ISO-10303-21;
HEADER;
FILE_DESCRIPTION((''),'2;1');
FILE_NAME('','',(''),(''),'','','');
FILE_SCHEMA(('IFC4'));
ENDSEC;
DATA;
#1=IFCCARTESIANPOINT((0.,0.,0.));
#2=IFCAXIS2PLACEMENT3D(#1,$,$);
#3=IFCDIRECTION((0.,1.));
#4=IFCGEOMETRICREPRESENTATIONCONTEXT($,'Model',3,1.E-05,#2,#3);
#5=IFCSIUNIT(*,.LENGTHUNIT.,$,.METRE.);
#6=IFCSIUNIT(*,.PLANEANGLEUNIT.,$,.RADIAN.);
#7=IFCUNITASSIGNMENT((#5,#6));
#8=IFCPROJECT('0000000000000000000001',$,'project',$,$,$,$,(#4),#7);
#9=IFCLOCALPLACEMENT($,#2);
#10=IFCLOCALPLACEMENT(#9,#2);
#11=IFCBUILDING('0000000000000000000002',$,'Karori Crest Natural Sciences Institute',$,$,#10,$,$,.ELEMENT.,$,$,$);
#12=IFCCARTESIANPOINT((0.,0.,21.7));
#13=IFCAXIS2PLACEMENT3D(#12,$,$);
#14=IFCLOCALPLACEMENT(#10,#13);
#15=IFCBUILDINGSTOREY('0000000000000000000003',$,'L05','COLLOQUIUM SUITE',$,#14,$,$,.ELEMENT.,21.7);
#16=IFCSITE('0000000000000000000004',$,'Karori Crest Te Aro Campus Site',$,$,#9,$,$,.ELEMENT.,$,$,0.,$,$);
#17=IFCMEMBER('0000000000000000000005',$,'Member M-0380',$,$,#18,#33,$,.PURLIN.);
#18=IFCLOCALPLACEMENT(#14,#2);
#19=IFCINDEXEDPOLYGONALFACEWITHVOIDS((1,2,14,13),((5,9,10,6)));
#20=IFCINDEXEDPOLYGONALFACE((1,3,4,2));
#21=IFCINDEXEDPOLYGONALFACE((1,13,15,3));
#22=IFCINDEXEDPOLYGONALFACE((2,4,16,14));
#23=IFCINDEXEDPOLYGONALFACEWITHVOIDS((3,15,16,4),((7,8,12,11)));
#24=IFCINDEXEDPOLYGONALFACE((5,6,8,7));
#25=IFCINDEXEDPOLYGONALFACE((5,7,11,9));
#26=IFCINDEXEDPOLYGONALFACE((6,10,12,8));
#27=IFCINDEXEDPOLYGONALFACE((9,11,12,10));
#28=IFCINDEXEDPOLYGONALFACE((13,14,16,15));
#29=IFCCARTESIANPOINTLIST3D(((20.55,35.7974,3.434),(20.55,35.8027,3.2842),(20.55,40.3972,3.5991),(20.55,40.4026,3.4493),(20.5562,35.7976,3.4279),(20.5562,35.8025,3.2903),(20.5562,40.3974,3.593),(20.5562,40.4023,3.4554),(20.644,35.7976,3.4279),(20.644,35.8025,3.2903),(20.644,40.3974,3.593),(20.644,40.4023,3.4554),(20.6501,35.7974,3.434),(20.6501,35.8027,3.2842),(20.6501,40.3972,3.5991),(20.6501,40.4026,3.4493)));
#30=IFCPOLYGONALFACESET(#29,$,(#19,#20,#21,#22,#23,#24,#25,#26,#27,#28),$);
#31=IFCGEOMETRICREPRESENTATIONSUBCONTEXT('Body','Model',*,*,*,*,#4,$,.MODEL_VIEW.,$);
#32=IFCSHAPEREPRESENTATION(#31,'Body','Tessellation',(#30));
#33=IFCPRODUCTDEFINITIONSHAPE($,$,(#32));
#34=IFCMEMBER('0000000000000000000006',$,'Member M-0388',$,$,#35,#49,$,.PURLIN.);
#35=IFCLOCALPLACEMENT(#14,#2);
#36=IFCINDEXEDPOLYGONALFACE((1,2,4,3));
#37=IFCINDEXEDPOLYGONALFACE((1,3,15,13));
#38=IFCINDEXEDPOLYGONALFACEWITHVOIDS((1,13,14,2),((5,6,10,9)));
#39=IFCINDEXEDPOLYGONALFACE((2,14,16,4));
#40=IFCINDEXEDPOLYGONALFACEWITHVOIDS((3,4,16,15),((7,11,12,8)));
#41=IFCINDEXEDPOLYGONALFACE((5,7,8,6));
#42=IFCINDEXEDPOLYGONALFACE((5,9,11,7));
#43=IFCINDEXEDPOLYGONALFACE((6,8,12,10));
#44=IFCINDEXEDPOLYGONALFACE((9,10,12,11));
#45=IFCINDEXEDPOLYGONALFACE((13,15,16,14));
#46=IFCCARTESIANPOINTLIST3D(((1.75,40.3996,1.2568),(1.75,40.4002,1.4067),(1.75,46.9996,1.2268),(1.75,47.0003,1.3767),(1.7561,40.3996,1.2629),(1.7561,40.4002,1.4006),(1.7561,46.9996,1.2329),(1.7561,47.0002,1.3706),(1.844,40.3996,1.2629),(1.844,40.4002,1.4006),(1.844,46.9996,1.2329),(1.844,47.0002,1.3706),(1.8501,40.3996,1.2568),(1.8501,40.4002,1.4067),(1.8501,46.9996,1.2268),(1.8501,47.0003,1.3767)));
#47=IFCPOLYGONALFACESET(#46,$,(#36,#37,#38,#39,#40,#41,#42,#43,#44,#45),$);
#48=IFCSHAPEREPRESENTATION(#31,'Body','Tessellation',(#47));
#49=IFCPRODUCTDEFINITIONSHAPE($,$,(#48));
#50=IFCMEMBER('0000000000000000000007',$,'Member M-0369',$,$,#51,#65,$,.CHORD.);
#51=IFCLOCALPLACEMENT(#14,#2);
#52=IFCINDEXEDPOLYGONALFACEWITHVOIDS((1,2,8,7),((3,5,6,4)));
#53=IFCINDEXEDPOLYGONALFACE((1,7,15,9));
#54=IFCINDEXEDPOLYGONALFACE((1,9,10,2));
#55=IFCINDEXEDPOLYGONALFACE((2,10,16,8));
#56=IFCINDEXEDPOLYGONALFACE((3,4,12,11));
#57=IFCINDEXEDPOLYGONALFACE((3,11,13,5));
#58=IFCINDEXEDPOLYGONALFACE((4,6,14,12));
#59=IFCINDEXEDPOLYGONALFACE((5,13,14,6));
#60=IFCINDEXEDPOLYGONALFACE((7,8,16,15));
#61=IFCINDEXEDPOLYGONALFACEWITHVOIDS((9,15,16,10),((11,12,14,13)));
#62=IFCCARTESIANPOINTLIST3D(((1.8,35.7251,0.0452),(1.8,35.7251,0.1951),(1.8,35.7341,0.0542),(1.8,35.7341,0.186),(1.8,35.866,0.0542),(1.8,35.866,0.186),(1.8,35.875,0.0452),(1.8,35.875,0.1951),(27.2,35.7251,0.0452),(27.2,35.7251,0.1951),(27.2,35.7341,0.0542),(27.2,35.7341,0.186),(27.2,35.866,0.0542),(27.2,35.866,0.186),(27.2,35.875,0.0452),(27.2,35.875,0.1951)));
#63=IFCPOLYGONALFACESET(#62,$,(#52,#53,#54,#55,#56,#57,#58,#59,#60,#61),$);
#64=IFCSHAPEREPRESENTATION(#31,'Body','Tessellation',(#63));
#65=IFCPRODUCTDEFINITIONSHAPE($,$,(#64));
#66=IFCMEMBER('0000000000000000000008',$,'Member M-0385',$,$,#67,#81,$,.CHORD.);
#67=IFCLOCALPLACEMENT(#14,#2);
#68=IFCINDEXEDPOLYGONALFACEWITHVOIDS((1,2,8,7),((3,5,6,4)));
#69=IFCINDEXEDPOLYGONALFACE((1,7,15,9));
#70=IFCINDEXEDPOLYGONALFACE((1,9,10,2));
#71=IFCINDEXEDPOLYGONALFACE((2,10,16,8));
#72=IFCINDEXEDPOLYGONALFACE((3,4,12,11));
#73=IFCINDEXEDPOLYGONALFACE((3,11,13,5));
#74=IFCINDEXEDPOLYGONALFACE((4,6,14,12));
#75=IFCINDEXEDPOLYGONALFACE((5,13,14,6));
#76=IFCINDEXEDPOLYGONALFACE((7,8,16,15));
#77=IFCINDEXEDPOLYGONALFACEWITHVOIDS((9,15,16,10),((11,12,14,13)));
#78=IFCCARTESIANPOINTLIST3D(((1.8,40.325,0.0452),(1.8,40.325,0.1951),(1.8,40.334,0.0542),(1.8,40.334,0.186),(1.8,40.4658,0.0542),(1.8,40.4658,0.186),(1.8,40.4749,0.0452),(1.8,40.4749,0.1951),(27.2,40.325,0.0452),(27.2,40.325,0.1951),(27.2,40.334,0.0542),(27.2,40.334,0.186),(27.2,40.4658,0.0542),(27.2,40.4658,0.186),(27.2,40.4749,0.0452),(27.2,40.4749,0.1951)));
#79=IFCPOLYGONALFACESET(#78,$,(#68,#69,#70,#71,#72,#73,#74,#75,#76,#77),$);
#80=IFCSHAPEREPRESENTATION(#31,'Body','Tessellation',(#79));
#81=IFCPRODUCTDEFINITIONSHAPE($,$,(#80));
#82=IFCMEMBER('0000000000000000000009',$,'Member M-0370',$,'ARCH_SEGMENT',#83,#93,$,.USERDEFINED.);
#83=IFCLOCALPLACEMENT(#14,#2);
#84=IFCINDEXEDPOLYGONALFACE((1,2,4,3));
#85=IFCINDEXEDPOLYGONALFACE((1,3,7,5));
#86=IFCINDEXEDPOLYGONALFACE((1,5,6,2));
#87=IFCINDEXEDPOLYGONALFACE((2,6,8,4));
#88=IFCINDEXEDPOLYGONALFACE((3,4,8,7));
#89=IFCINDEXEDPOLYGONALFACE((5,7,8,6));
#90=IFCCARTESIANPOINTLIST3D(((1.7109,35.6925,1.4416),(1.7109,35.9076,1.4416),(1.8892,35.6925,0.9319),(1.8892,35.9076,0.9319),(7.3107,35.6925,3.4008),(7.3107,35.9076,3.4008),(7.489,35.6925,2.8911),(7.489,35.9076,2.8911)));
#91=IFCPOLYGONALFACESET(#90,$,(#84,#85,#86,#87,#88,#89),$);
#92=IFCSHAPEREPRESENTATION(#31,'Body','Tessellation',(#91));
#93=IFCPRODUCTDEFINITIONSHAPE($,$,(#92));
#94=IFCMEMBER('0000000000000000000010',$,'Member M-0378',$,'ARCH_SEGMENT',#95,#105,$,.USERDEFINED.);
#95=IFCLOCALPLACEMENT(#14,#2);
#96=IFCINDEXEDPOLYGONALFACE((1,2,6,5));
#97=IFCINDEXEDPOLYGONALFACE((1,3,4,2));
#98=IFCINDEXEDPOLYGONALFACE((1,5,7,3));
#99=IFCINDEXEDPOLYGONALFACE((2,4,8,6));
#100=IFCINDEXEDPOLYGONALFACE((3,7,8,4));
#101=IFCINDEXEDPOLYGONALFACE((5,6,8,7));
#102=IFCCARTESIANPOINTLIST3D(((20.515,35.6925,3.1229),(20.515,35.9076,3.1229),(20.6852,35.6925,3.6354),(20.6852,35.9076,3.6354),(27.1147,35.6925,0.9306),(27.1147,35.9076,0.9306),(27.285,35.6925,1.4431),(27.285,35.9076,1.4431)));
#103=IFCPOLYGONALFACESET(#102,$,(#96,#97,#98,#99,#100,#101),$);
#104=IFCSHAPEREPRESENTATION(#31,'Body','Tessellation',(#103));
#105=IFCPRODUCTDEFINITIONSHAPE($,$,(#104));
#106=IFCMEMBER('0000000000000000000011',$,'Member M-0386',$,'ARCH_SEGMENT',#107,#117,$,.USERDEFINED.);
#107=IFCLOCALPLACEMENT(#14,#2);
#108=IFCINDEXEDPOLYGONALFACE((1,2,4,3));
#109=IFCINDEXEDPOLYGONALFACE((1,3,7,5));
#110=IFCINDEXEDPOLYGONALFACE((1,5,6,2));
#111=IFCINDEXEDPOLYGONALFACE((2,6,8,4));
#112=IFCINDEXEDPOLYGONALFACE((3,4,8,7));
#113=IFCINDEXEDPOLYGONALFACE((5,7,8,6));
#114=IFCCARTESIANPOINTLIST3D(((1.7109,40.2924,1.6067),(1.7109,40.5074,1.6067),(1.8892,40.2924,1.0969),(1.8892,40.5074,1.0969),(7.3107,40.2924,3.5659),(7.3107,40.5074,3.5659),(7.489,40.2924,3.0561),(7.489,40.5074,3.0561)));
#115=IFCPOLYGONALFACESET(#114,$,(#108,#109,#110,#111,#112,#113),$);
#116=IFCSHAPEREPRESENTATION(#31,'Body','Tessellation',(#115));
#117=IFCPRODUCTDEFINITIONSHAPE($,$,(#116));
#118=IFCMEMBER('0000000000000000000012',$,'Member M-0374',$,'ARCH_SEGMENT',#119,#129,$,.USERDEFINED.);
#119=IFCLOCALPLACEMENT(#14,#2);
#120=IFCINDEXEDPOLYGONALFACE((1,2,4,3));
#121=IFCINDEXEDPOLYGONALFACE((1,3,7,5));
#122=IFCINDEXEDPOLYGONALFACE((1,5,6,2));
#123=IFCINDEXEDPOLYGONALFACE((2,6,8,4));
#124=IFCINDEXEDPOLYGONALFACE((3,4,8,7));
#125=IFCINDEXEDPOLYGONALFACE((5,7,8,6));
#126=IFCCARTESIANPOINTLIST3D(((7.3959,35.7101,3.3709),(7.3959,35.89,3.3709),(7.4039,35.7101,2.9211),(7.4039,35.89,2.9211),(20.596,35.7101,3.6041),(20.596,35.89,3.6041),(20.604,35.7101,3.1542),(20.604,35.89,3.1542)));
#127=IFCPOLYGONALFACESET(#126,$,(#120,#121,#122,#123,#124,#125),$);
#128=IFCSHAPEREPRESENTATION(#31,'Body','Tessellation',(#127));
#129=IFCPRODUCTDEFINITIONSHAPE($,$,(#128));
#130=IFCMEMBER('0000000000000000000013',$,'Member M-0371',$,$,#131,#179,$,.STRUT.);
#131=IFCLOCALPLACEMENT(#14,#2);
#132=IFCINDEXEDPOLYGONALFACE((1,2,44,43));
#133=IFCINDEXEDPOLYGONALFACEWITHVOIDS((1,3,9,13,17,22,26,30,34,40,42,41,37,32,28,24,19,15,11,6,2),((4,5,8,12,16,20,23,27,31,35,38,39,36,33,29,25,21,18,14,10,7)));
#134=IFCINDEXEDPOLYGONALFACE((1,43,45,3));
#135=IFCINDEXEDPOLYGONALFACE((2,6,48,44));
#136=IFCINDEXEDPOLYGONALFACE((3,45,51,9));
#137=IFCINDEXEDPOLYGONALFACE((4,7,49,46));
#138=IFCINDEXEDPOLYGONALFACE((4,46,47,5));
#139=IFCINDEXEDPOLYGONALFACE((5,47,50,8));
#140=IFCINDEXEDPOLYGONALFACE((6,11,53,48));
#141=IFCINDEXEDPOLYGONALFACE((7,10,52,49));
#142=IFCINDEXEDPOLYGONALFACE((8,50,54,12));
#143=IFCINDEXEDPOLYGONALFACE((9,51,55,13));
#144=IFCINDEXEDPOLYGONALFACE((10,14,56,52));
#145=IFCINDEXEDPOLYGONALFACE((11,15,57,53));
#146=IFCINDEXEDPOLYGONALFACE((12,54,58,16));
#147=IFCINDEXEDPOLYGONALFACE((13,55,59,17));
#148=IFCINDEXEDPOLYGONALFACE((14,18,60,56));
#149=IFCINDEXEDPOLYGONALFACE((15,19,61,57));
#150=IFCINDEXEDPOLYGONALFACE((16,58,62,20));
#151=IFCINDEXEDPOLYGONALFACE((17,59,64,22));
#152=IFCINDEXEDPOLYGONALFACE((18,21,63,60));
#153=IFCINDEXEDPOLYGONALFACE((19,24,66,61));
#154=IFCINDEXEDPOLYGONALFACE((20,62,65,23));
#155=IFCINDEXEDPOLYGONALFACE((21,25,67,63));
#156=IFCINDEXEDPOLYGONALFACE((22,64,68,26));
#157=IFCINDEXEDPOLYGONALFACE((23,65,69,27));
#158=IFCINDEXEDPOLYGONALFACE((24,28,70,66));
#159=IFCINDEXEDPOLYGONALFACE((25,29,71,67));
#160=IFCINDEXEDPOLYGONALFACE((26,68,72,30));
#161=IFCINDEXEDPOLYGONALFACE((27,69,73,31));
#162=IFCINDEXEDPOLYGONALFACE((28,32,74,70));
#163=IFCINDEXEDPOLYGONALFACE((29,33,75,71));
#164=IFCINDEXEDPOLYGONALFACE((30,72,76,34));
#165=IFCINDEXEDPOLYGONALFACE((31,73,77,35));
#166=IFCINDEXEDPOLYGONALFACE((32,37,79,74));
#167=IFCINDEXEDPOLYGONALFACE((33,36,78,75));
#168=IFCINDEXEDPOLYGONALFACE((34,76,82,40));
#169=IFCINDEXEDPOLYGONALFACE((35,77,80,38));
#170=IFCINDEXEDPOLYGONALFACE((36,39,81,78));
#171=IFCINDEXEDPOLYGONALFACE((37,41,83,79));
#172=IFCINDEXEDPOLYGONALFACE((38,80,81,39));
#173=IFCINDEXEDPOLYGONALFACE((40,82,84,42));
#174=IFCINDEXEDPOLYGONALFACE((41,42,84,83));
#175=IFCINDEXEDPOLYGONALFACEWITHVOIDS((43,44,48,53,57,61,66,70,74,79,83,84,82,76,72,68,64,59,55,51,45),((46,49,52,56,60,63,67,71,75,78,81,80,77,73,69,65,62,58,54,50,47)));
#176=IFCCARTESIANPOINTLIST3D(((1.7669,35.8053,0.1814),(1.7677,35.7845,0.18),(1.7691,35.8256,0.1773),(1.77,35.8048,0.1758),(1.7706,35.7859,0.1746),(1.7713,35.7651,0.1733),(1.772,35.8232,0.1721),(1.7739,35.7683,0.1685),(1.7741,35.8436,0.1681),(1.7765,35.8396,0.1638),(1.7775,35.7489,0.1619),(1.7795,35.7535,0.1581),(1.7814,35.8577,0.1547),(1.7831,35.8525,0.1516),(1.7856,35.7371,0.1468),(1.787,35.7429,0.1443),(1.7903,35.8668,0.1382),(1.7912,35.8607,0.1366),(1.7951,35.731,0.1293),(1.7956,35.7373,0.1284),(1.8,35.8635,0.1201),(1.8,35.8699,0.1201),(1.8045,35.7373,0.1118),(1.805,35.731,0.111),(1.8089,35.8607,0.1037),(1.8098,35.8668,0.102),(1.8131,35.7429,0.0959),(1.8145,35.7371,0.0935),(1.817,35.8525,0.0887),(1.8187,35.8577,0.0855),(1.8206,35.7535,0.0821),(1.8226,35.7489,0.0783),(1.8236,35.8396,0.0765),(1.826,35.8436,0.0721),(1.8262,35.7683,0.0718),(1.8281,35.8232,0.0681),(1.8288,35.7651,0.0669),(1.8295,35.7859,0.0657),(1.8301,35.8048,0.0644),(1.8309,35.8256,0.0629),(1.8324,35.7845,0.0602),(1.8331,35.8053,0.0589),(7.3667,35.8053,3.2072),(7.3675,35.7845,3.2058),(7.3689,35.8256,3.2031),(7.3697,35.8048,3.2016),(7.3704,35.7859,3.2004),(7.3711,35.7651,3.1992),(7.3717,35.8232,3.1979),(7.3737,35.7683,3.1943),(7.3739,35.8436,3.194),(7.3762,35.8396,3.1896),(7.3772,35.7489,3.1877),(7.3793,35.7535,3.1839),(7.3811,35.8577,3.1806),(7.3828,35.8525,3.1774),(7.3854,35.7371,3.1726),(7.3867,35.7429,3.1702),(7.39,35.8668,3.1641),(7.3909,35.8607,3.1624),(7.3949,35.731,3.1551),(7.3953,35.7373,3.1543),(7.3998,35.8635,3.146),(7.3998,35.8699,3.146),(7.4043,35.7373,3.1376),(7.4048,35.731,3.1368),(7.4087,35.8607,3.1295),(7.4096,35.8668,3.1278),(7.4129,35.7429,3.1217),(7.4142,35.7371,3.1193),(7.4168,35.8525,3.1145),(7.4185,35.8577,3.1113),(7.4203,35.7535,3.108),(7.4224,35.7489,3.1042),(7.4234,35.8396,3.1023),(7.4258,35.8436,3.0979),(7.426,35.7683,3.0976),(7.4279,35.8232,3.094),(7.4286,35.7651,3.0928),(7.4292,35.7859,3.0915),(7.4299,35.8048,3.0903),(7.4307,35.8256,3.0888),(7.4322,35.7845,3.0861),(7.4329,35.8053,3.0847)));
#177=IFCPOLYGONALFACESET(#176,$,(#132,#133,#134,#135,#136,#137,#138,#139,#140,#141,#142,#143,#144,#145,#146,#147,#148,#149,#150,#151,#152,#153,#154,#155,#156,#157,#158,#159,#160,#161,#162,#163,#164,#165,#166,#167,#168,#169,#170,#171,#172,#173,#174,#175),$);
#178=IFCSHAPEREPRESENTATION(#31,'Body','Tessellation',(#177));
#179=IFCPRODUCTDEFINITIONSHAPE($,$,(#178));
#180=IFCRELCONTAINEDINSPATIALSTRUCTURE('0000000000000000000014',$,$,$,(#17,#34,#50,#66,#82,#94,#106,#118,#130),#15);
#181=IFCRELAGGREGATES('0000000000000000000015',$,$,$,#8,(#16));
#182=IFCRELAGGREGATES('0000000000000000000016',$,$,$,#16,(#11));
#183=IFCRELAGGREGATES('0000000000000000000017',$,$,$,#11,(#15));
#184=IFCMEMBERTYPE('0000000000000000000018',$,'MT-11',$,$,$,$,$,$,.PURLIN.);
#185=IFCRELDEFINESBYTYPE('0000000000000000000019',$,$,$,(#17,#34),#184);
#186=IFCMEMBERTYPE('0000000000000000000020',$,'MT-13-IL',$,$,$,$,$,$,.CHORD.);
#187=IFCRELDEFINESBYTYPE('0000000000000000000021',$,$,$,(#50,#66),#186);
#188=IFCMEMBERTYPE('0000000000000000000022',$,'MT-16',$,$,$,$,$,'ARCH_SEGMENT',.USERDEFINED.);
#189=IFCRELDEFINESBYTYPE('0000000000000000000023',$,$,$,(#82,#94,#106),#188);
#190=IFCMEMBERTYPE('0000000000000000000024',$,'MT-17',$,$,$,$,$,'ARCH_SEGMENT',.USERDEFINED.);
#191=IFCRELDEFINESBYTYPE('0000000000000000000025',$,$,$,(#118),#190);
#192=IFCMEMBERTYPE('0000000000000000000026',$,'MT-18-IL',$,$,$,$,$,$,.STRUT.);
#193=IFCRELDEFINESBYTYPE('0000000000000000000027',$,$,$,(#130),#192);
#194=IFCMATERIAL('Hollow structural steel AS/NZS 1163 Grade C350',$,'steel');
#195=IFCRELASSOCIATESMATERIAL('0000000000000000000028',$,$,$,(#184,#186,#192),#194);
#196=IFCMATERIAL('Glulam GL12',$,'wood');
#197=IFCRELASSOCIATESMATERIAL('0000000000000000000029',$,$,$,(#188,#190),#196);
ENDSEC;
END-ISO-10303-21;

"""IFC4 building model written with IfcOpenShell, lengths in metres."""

from ifc_helpers import new_model, si_unit, direction, frame, origin, origin_2d, place, context, subcontext, project, spatial, rectangle, hollow_rectangle, hollow_circle, extrude, material, material_profile, profile_set, type_object, element, save


model = new_model("IFC4")

# Units and contexts
model_context = context("Model", 3, precision=1e-05, world=origin(), true_north=direction((0.0, 1.0)))
body_context = subcontext(model_context, "Body", "Model", "MODEL_VIEW")
ifc_project = project(units=[si_unit("LENGTHUNIT", "METRE"), si_unit("PLANEANGLEUNIT", "RADIAN")], contexts=[model_context])

# Site, building, storey
site_placement = place(None, origin())
site = spatial("IfcSite", under=ifc_project, at=site_placement, Name="Karori Crest Te Aro Campus Site", CompositionType="ELEMENT", RefElevation=0.0)
building_placement = place(site_placement, origin())
building = spatial("IfcBuilding", under=site, at=building_placement, Name="Karori Crest Natural Sciences Institute", CompositionType="ELEMENT")
storey_placement = place(building_placement, frame((0.0, 0.0, 21.7)))
storey = spatial("IfcBuildingStorey", under=building, at=storey_placement, Name="L05", Description="COLLOQUIUM SUITE", CompositionType="ELEMENT", Elevation=21.7)

# Members
ifc_material_1 = material(Name="Hollow structural steel AS/NZS 1163 Grade C350", Category="steel")
ifc_material_profile_1 = material_profile(ifc_material_1, hollow_rectangle(XDim=0.1001, YDim=0.1499, WallThickness=0.0061, at=origin_2d()), Name="RHS150x100x6")
ifc_profile_set_1 = profile_set([ifc_material_profile_1], Name="Hollow structural steel AS/NZS 1163 Grade C350")
member_type_1 = type_object("IfcMemberType", Name="MT-11", PredefinedType="PURLIN", material=ifc_profile_set_1)
for number, where, z_axis, x_axis, name in (
    (1, (20.6001, 35.8, 3.3591), (0.0, 0.999357, 0.035856), (-1.0, 0.0, 0.0), "Member M-0380"),
):
    element("IfcMember", number, at=place(storey_placement, frame(where, z_axis=z_axis, x_axis=x_axis)), inside=storey, type_object=member_type_1, Name=name, PredefinedType="PURLIN", context=body_context, shape_type="SweptSolid", body=[
        extrude(hollow_rectangle(XDim=0.1001, YDim=0.1499, WallThickness=0.0061, at=origin_2d()), origin(), (0.0, 0.0, 1.0), 4.6028),
    ])
member_1_placement = place(storey_placement, frame((1.8, 40.3999, 1.3318), z_axis=(0.0, 0.99999, -0.00455), x_axis=(-1.0, 0.0, 0.0)))
element("IfcMember", 2, at=member_1_placement, inside=storey, type_object=member_type_1, Name="Member M-0388", PredefinedType="PURLIN", context=body_context, shape_type="SweptSolid", body=[
    extrude(hollow_rectangle(XDim=0.1001, YDim=0.1499, WallThickness=0.0061, at=origin_2d()), origin(), (0.0, 0.0, 1.0), 6.6001),
])
ifc_material_profile_2 = material_profile(ifc_material_1, hollow_rectangle(XDim=0.1499, YDim=0.1499, WallThickness=0.009, at=origin_2d()), Name="SHS150x150x9")
ifc_profile_set_2 = profile_set([ifc_material_profile_2], Name="Hollow structural steel AS/NZS 1163 Grade C350")
member_type_2 = type_object("IfcMemberType", Name="MT-13-IL", PredefinedType="CHORD", material=ifc_profile_set_2)
for number, where, z_axis, x_axis, name in (
    (3, (1.8, 35.8, 0.1201), (1.0, 0.0, 0.0), (0.0, 1.0, 0.0), "Member M-0369"),
    (4, (1.8, 40.3999, 0.1201), (1.0, 0.0, 0.0), (0.0, 1.0, 0.0), "Member M-0385"),
):
    element("IfcMember", number, at=place(storey_placement, frame(where, z_axis=z_axis, x_axis=x_axis)), inside=storey, type_object=member_type_2, Name=name, PredefinedType="CHORD", context=body_context, shape_type="SweptSolid", body=[
        extrude(hollow_rectangle(XDim=0.1499, YDim=0.1499, WallThickness=0.009, at=origin_2d()), origin(), (0.0, 0.0, 1.0), 25.3999),
    ])
ifc_material_2 = material(Name="Glulam GL12", Category="wood")
ifc_material_profile_3 = material_profile(ifc_material_2, rectangle(XDim=0.2151, YDim=0.54, at=origin_2d()), Name="GL215x540")
ifc_profile_set_3 = profile_set([ifc_material_profile_3], Name="Glulam GL12")
member_type_3 = type_object("IfcMemberType", Name="MT-16", ElementType="ARCH_SEGMENT", PredefinedType="USERDEFINED", material=ifc_profile_set_3)
member_2_placement = place(storey_placement, frame((1.8, 35.8, 1.1868), z_axis=(0.943896, 0.0, 0.330242), x_axis=(0.0, 1.0, 0.0)))
element("IfcMember", 5, at=member_2_placement, inside=storey, type_object=member_type_3, Name="Member M-0370", ObjectType="ARCH_SEGMENT", PredefinedType="USERDEFINED", context=body_context, shape_type="SweptSolid", body=[
    extrude(rectangle(XDim=0.2151, YDim=0.54, at=origin_2d()), origin(), (0.0, 0.0, 1.0), 5.9326),
])
member_3_placement = place(storey_placement, frame((20.6001, 35.8, 3.3792), z_axis=(0.949009, 0.0, -0.315248), x_axis=(0.0, 1.0, 0.0)))
element("IfcMember", 6, at=member_3_placement, inside=storey, type_object=member_type_3, Name="Member M-0378", ObjectType="ARCH_SEGMENT", PredefinedType="USERDEFINED", context=body_context, shape_type="SweptSolid", body=[
    extrude(rectangle(XDim=0.2151, YDim=0.54, at=origin_2d()), origin(), (0.0, 0.0, 1.0), 6.9543),
])
member_4_placement = place(storey_placement, frame((1.8, 40.3999, 1.3518), z_axis=(0.943896, 0.0, 0.330242), x_axis=(0.0, 1.0, 0.0)))
element("IfcMember", 7, at=member_4_placement, inside=storey, type_object=member_type_3, Name="Member M-0386", ObjectType="ARCH_SEGMENT", PredefinedType="USERDEFINED", context=body_context, shape_type="SweptSolid", body=[
    extrude(rectangle(XDim=0.2151, YDim=0.54, at=origin_2d()), origin(), (0.0, 0.0, 1.0), 5.9326),
])
ifc_material_profile_4 = material_profile(ifc_material_2, rectangle(XDim=0.1799, YDim=0.45, at=origin_2d()), Name="GL180x450")
ifc_profile_set_4 = profile_set([ifc_material_profile_4], Name="Glulam GL12")
member_type_4 = type_object("IfcMemberType", Name="MT-17", ElementType="ARCH_SEGMENT", PredefinedType="USERDEFINED", material=ifc_profile_set_4)
member_5_placement = place(storey_placement, frame((7.3999, 35.8, 3.146), z_axis=(0.999844, 0.0, 0.01766), x_axis=(0.0, 1.0, 0.0)))
element("IfcMember", 8, at=member_5_placement, inside=storey, type_object=member_type_4, Name="Member M-0374", ObjectType="ARCH_SEGMENT", PredefinedType="USERDEFINED", context=body_context, shape_type="SweptSolid", body=[
    extrude(rectangle(XDim=0.1799, YDim=0.45, at=origin_2d()), origin(), (0.0, 0.0, 1.0), 13.2021),
])
ifc_material_profile_5 = material_profile(ifc_material_1, hollow_circle(Radius=0.0698, WallThickness=0.0063, at=origin_2d()), Name="CHS139.7x6.4")
ifc_profile_set_5 = profile_set([ifc_material_profile_5], Name="Hollow structural steel AS/NZS 1163 Grade C350")
member_type_5 = type_object("IfcMemberType", Name="MT-18-IL", PredefinedType="STRUT", material=ifc_profile_set_5)
member_6_placement = place(storey_placement, frame((1.8, 35.8, 0.1201), z_axis=(0.879777, 0.0, 0.475387), x_axis=(0.0, 1.0, 0.0)))
element("IfcMember", 9, at=member_6_placement, inside=storey, type_object=member_type_5, Name="Member M-0371", PredefinedType="STRUT", context=body_context, shape_type="SweptSolid", body=[
    extrude(hollow_circle(Radius=0.0698, WallThickness=0.0063, at=origin_2d()), origin(), (0.0, 0.0, 1.0), 6.365),
])

save(model, "model.ifc")
